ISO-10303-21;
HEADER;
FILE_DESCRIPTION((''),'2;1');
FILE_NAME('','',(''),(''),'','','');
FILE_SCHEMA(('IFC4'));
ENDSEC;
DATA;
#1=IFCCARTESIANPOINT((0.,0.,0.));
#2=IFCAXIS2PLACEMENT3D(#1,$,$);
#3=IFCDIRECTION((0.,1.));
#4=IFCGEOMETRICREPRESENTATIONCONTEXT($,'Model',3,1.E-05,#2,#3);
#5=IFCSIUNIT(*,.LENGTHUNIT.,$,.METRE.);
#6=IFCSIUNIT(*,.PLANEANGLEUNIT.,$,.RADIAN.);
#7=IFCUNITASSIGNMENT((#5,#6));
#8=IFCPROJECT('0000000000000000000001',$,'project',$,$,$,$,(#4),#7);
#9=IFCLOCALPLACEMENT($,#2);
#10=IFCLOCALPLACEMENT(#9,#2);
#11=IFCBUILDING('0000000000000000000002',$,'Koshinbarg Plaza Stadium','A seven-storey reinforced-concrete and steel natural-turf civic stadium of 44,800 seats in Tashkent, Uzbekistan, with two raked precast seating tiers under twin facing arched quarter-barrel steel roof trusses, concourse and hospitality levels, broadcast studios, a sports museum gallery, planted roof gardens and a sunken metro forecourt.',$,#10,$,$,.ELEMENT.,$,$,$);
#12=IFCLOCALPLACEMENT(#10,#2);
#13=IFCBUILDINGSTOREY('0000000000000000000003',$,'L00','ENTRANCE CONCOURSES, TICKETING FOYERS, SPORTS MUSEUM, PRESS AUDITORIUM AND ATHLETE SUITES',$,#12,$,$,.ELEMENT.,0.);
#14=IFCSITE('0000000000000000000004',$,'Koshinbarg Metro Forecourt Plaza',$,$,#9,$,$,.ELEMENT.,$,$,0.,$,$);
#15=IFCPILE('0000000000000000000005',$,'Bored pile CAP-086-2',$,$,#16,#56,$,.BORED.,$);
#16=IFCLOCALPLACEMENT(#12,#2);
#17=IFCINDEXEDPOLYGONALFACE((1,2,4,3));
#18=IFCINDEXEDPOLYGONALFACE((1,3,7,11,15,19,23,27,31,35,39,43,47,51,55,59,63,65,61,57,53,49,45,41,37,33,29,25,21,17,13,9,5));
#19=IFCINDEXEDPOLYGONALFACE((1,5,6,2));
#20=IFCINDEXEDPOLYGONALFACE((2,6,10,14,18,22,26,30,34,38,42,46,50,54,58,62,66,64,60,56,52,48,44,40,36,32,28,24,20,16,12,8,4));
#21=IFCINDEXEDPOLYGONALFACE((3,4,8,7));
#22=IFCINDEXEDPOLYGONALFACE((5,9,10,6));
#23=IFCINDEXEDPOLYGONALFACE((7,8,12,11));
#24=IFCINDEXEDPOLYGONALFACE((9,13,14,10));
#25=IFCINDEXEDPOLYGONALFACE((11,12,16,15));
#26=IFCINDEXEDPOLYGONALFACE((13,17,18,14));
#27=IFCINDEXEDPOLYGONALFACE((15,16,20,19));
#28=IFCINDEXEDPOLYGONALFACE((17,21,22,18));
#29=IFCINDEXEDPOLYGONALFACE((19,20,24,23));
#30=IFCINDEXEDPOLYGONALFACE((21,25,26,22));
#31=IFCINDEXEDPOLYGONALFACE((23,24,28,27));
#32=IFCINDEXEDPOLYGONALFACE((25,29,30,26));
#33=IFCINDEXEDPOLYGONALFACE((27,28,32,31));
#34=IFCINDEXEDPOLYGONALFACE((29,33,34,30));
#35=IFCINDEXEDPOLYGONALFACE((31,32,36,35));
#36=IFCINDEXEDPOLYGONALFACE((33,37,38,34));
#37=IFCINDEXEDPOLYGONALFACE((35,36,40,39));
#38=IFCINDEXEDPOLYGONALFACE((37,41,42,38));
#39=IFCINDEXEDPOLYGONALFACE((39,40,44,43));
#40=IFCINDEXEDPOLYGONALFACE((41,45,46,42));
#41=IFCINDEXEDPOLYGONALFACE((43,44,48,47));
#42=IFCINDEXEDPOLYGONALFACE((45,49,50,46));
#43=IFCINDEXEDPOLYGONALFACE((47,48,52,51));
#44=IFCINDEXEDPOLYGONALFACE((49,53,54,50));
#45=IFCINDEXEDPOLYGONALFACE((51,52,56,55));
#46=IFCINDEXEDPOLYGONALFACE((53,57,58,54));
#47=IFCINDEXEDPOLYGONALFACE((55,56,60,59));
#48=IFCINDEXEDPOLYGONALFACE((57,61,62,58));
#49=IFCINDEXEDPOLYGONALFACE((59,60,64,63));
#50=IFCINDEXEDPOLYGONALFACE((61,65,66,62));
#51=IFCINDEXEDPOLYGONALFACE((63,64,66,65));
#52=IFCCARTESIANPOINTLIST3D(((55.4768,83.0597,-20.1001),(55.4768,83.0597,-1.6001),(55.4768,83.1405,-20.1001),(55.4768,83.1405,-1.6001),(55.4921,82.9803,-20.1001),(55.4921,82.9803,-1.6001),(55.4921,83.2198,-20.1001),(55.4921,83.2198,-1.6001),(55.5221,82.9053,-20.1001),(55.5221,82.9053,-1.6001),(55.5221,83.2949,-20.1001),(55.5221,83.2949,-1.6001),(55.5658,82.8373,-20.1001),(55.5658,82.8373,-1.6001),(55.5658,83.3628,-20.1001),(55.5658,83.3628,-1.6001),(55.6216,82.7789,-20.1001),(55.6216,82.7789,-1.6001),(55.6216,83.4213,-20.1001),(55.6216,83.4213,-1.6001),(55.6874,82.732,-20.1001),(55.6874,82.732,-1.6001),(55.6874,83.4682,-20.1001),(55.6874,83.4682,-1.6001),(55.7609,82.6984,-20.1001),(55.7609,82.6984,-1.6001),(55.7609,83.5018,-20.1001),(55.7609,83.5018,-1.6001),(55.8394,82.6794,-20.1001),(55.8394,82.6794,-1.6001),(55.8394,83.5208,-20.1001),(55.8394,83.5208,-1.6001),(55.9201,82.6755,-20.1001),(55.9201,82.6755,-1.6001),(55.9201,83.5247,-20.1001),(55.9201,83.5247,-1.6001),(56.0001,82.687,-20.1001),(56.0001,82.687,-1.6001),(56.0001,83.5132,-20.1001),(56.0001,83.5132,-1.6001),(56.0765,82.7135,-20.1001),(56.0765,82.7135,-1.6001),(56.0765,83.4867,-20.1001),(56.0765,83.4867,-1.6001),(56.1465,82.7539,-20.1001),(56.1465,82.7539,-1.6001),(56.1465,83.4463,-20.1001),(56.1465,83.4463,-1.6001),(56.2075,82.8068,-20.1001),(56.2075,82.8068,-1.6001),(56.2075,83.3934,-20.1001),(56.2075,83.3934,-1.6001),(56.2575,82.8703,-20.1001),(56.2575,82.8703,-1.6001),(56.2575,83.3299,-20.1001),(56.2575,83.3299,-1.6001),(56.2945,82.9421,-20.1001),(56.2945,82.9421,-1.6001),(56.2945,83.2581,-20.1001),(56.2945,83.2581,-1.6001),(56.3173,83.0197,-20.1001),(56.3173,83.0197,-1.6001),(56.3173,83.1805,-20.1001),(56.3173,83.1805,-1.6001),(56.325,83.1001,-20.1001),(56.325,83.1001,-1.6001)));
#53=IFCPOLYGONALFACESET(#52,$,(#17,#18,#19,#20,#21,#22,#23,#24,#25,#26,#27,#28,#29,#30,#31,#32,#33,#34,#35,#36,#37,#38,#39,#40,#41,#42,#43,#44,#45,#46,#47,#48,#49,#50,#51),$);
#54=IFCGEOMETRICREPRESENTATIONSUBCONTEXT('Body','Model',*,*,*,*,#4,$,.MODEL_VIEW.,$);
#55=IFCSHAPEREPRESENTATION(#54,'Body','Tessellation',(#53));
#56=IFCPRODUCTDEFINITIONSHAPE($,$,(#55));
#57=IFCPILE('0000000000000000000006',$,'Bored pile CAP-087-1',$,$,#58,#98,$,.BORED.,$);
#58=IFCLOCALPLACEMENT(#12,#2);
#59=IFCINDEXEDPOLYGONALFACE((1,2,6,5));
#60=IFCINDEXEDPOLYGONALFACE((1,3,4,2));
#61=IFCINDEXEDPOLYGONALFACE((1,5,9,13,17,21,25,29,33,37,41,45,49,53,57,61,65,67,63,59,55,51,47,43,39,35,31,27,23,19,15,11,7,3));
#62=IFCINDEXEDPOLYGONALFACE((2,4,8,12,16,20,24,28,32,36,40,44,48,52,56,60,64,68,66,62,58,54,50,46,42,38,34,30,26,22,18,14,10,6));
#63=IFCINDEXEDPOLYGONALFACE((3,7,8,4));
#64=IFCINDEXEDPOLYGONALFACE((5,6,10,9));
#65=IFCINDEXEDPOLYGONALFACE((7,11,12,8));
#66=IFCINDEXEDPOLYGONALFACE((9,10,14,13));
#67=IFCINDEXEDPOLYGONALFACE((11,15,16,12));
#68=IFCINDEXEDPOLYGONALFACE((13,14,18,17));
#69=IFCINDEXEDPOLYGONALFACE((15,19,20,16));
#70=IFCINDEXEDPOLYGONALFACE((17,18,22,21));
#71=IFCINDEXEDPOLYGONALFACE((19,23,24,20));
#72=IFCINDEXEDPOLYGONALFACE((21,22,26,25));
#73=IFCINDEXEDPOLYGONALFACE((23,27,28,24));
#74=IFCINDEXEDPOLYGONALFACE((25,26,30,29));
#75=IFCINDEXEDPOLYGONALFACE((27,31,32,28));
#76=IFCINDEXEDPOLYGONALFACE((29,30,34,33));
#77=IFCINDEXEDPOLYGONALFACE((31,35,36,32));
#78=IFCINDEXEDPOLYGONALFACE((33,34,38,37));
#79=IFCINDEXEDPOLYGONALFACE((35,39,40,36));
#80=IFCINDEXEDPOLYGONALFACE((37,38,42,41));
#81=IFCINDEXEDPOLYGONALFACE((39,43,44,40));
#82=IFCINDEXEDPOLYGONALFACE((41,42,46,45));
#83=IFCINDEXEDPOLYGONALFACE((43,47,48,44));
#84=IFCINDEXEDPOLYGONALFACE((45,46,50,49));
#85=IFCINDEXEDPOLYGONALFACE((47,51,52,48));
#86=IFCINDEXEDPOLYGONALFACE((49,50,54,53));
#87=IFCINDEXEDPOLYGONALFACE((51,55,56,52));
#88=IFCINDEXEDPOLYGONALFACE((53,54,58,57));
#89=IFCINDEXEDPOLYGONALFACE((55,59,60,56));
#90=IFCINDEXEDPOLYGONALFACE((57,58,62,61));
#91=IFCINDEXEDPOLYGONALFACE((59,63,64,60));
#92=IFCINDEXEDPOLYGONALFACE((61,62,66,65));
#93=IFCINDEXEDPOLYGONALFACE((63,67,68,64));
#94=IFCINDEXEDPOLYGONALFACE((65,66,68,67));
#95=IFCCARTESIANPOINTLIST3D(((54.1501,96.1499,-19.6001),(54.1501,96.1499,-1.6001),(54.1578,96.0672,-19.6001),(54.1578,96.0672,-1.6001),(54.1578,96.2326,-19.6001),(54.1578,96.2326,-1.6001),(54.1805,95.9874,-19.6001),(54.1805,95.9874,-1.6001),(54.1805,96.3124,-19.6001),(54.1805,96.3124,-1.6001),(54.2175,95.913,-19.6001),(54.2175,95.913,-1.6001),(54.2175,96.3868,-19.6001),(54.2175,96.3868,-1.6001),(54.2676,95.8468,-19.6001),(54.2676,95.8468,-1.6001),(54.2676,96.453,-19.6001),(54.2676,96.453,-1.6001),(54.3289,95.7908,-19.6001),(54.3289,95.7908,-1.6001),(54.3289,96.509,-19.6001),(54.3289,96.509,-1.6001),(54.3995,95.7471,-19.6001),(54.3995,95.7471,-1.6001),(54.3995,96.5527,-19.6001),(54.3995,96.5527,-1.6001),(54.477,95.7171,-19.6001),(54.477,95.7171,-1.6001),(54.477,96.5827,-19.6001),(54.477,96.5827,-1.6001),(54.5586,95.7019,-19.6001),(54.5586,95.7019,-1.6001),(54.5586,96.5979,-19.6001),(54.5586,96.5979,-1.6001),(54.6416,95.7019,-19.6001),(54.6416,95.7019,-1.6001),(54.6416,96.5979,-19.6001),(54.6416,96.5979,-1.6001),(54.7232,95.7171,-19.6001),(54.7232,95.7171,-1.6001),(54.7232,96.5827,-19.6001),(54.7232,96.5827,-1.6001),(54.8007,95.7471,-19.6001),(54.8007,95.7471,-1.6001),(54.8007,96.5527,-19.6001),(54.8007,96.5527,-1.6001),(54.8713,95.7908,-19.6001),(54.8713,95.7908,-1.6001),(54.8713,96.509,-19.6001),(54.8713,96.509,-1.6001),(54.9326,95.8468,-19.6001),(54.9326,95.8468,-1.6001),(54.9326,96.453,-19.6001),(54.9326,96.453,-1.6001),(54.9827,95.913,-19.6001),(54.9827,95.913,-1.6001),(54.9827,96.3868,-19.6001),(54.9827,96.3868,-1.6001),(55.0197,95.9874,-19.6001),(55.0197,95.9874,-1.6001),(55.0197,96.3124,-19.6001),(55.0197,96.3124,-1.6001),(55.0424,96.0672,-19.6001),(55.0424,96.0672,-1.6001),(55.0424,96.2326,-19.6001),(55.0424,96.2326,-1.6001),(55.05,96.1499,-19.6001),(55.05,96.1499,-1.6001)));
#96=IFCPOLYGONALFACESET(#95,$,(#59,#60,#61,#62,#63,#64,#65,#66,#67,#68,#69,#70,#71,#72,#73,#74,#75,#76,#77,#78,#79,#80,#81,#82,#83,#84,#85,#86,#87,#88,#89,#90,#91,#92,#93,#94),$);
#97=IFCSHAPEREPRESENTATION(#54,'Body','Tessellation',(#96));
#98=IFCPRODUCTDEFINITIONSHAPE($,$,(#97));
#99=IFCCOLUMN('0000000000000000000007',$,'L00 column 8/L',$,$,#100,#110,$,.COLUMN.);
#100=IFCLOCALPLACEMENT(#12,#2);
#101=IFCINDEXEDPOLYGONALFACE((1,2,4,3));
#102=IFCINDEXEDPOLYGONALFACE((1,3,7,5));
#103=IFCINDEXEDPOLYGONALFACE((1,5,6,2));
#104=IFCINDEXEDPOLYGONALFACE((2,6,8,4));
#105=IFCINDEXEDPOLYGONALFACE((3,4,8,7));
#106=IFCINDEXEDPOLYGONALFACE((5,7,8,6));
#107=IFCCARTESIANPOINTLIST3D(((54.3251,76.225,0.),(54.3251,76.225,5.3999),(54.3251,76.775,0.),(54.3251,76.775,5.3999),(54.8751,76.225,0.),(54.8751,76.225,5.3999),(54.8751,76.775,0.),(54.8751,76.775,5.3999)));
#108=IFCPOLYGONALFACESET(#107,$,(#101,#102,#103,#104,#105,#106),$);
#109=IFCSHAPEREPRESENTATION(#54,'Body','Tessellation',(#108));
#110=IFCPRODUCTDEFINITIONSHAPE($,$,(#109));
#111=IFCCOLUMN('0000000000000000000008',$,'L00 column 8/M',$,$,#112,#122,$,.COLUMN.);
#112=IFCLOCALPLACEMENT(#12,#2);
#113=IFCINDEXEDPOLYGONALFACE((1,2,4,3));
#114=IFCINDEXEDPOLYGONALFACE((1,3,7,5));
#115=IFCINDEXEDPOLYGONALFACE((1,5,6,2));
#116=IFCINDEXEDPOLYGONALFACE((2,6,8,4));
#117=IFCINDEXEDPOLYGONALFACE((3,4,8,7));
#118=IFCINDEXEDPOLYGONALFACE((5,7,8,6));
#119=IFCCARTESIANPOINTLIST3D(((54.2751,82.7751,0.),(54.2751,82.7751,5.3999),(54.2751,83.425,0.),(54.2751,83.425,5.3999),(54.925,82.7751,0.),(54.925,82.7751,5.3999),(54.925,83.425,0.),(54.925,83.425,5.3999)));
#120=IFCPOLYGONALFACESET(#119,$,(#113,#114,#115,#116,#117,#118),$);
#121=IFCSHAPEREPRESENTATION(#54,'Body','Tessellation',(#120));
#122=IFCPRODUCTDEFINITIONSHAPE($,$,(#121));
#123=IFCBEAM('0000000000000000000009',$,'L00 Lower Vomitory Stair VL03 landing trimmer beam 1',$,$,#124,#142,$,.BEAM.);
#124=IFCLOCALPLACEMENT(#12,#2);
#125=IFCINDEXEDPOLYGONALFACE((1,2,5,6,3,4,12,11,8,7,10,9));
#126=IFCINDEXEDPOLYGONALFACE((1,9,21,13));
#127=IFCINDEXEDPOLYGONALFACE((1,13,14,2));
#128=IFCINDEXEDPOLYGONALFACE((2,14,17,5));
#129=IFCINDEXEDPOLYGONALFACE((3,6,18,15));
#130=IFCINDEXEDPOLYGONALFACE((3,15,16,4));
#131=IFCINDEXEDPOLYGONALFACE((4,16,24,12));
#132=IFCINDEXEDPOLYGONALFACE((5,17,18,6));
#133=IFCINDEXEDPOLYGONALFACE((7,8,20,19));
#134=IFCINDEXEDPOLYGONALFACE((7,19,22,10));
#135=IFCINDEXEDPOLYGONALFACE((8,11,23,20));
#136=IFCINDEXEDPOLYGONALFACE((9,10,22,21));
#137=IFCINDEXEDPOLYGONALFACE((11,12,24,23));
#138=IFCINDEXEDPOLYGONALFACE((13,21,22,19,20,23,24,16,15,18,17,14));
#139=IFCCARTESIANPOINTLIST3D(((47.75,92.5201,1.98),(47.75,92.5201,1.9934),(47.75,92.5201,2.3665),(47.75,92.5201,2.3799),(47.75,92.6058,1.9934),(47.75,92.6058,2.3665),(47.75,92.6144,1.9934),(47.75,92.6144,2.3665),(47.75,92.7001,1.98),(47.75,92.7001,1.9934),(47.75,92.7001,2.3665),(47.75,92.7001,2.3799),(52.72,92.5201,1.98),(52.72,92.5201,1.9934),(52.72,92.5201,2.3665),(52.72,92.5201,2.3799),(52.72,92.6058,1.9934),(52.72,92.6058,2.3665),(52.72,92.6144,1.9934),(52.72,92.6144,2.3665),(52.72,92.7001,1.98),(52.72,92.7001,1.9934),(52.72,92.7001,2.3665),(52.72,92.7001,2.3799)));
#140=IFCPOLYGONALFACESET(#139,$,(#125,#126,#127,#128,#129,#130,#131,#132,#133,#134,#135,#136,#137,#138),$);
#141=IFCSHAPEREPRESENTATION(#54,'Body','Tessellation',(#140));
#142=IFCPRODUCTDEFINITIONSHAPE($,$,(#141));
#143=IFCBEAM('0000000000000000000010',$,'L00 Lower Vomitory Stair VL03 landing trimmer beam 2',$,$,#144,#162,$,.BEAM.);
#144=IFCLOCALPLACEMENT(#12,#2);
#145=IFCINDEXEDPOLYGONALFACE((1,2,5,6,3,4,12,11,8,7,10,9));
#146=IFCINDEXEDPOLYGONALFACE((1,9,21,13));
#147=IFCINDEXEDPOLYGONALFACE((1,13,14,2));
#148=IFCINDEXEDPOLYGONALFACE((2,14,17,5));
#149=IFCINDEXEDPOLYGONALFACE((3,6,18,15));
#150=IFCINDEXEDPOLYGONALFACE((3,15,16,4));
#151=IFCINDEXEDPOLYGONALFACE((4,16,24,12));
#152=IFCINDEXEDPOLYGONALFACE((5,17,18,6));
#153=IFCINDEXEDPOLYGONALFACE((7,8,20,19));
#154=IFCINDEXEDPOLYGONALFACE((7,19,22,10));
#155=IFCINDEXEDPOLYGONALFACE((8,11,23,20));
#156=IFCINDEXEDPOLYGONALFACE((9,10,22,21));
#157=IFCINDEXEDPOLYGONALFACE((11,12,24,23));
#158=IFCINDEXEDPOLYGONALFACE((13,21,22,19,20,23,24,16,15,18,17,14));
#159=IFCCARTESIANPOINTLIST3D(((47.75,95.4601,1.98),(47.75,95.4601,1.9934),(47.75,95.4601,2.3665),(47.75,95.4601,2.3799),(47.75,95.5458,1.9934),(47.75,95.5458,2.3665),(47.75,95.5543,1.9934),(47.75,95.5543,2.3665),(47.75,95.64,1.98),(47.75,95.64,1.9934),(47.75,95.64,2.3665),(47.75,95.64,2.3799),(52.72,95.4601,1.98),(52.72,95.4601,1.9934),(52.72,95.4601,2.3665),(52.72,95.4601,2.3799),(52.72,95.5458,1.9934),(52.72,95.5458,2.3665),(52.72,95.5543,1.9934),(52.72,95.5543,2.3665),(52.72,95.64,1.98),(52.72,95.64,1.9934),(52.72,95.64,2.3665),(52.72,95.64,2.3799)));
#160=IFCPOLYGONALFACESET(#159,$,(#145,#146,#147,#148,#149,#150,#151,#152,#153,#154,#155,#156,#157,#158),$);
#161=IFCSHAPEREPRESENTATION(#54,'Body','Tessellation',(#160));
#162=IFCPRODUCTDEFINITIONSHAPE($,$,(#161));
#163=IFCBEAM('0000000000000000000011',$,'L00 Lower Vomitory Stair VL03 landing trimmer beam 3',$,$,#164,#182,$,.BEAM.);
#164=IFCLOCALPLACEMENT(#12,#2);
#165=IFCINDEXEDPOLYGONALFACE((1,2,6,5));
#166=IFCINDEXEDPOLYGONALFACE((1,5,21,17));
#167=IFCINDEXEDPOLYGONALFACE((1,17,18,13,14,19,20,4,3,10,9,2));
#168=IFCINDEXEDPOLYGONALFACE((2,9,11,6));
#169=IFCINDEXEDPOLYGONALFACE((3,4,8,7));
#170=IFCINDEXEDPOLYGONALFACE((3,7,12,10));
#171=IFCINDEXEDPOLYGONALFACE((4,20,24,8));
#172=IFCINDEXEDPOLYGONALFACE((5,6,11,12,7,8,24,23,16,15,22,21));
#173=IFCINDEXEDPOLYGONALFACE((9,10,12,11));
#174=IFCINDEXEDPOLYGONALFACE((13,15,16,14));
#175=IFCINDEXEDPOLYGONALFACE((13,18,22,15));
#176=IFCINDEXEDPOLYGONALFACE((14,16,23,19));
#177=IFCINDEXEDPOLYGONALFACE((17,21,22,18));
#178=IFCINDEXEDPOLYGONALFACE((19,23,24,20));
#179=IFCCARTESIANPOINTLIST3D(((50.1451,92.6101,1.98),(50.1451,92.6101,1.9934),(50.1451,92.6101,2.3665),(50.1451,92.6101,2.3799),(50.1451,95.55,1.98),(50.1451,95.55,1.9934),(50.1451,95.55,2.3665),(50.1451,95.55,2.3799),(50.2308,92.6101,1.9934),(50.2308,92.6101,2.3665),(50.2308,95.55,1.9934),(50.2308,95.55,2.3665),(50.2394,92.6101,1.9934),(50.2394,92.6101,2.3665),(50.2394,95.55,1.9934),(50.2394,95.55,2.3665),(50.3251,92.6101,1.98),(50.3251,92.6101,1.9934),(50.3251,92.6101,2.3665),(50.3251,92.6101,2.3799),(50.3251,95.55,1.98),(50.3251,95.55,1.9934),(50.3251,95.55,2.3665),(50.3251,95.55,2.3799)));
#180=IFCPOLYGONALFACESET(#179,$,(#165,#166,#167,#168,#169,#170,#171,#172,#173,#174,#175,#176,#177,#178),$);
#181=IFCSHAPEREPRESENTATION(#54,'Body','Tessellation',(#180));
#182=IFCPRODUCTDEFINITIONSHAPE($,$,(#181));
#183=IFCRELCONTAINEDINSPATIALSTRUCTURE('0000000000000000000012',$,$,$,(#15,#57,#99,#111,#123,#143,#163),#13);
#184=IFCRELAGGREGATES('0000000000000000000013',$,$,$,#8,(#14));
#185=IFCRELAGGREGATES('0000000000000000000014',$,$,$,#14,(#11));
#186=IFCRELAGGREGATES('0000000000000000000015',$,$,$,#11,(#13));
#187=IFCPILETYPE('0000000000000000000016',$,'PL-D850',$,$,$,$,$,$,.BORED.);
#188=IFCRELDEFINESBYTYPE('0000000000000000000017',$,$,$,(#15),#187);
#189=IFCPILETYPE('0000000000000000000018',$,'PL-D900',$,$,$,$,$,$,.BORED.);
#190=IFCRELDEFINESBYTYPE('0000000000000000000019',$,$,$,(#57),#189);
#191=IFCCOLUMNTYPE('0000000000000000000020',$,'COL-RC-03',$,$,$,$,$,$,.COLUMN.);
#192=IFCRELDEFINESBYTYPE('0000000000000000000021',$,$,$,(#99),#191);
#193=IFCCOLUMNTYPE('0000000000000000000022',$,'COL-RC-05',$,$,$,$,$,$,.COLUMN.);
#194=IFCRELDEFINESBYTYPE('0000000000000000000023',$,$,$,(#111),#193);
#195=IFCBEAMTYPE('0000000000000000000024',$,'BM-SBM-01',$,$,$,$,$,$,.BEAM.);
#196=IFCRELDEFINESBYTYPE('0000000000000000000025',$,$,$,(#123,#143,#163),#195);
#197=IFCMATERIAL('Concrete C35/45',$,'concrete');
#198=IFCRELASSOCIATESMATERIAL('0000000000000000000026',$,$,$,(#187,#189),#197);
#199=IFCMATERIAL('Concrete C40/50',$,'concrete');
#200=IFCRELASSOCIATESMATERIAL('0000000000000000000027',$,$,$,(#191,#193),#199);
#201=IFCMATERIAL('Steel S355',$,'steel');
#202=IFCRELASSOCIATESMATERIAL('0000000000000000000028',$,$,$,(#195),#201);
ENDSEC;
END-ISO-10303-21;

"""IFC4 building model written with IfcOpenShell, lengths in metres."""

from ifc_helpers import new_model, si_unit, direction, frame, origin, origin_2d, place, context, subcontext, project, spatial, rectangle, circle, i_section, extrude, material, material_profile, profile_set, type_object, element, save


model = new_model("IFC4")

# Units and contexts
model_context = context("Model", 3, precision=1e-05, world=origin(), true_north=direction((0.0, 1.0)))
body_context = subcontext(model_context, "Body", "Model", "MODEL_VIEW")
ifc_project = project(units=[si_unit("LENGTHUNIT", "METRE"), si_unit("PLANEANGLEUNIT", "RADIAN")], contexts=[model_context])

# Site, building, storey
site_placement = place(None, origin())
site = spatial("IfcSite", under=ifc_project, at=site_placement, Name="Koshinbarg Metro Forecourt Plaza", CompositionType="ELEMENT", RefElevation=0.0)
building_placement = place(site_placement, origin())
building = spatial("IfcBuilding", under=site, at=building_placement, Name="Koshinbarg Plaza Stadium", Description="A seven-storey reinforced-concrete and steel natural-turf civic stadium of 44,800 seats in Tashkent, Uzbekistan, with two raked precast seating tiers under twin facing arched quarter-barrel steel roof trusses, concourse and hospitality levels, broadcast studios, a sports museum gallery, planted roof gardens and a sunken metro forecourt.", CompositionType="ELEMENT")
storey_placement = place(building_placement, origin())
storey = spatial("IfcBuildingStorey", under=building, at=storey_placement, Name="L00", Description="ENTRANCE CONCOURSES, TICKETING FOYERS, SPORTS MUSEUM, PRESS AUDITORIUM AND ATHLETE SUITES", CompositionType="ELEMENT", Elevation=0.0)

# Shared definitions
ifc_material_1 = material(Name="Concrete C35/45", Category="concrete")

# Piles
ifc_material_profile_1 = material_profile(ifc_material_1, circle(Radius=0.425, at=origin_2d()), Name="PILE D850")
ifc_profile_set_1 = profile_set([ifc_material_profile_1], Name="Concrete C35/45")
pile_type_1 = type_object("IfcPileType", Name="PL-D850", PredefinedType="BORED", material=ifc_profile_set_1)
for number, where, z_axis, x_axis, name in (
    (1, (55.8999, 83.1001, -1.6001), (0.0, 0.0, -1.0), (1.0, 0.0, 0.0), "Bored pile CAP-086-2"),
):
    element("IfcPile", number, at=place(storey_placement, frame(where, z_axis=z_axis, x_axis=x_axis)), inside=storey, type_object=pile_type_1, Name=name, PredefinedType="BORED", context=body_context, shape_type="SweptSolid", body=[
        extrude(circle(Radius=0.425, at=origin_2d()), origin(), (0.0, 0.0, 1.0), 18.5),
    ])
ifc_material_profile_2 = material_profile(ifc_material_1, circle(Radius=0.45, at=origin_2d()), Name="PILE D900")
ifc_profile_set_2 = profile_set([ifc_material_profile_2], Name="Concrete C35/45")
pile_type_2 = type_object("IfcPileType", Name="PL-D900", PredefinedType="BORED", material=ifc_profile_set_2)
pile_placement = place(storey_placement, frame((54.6001, 96.1499, -1.6001), z_axis=(0.0, 0.0, -1.0), x_axis=(1.0, 0.0, 0.0)))
element("IfcPile", 2, at=pile_placement, inside=storey, type_object=pile_type_2, Name="Bored pile CAP-087-1", PredefinedType="BORED", context=body_context, shape_type="SweptSolid", body=[
    extrude(circle(Radius=0.45, at=origin_2d()), origin(), (0.0, 0.0, 1.0), 18.0),
])

# Columns
ifc_material_2 = material(Name="Concrete C40/50", Category="concrete")
ifc_material_profile_3 = material_profile(ifc_material_2, rectangle(XDim=0.55, YDim=0.55, at=origin_2d()), Name="RC 550x550")
ifc_profile_set_3 = profile_set([ifc_material_profile_3], Name="Concrete C40/50")
column_type_1 = type_object("IfcColumnType", Name="COL-RC-03", PredefinedType="COLUMN", material=ifc_profile_set_3)
column_1_placement = place(storey_placement, frame((54.6001, 76.5, 0.0), z_axis=(0.0, 0.0, 1.0), x_axis=(1.0, 0.0, 0.0)))
element("IfcColumn", 3, at=column_1_placement, inside=storey, type_object=column_type_1, Name="L00 column 8/L", PredefinedType="COLUMN", context=body_context, shape_type="SweptSolid", body=[
    extrude(rectangle(XDim=0.55, YDim=0.55, at=origin_2d()), origin(), (0.0, 0.0, 1.0), 5.3999),
])
ifc_material_profile_4 = material_profile(ifc_material_2, rectangle(XDim=0.6499, YDim=0.6499, at=origin_2d()), Name="RC 650x650")
ifc_profile_set_4 = profile_set([ifc_material_profile_4], Name="Concrete C40/50")
column_type_2 = type_object("IfcColumnType", Name="COL-RC-05", PredefinedType="COLUMN", material=ifc_profile_set_4)
column_2_placement = place(storey_placement, frame((54.6001, 83.1001, 0.0), z_axis=(0.0, 0.0, 1.0), x_axis=(1.0, 0.0, 0.0)))
element("IfcColumn", 4, at=column_2_placement, inside=storey, type_object=column_type_2, Name="L00 column 8/M", PredefinedType="COLUMN", context=body_context, shape_type="SweptSolid", body=[
    extrude(rectangle(XDim=0.6499, YDim=0.6499, at=origin_2d()), origin(), (0.0, 0.0, 1.0), 5.3999),
])

# Beams
ifc_material_3 = material(Name="Steel S355", Category="steel")
ifc_material_profile_5 = material_profile(ifc_material_3, i_section(OverallWidth=0.1799, OverallDepth=0.3999, WebThickness=0.0085, FlangeThickness=0.0134, at=origin_2d()), Name="IPE 400")
ifc_profile_set_5 = profile_set([ifc_material_profile_5], Name="Steel S355")
beam_type = type_object("IfcBeamType", Name="BM-SBM-01", PredefinedType="BEAM", material=ifc_profile_set_5)
for number, where, z_axis, x_axis, name in (
    (5, (47.75, 92.6101, 2.1799), (1.0, 0.0, 0.0), (0.0, 1.0, 0.0), "L00 Lower Vomitory Stair VL03 landing trimmer beam 1"),
    (6, (47.75, 95.55, 2.1799), (1.0, 0.0, 0.0), (0.0, 1.0, 0.0), "L00 Lower Vomitory Stair VL03 landing trimmer beam 2"),
):
    element("IfcBeam", number, at=place(storey_placement, frame(where, z_axis=z_axis, x_axis=x_axis)), inside=storey, type_object=beam_type, Name=name, PredefinedType="BEAM", context=body_context, shape_type="SweptSolid", body=[
        extrude(i_section(OverallWidth=0.1799, OverallDepth=0.3999, WebThickness=0.0085, FlangeThickness=0.0134, at=origin_2d()), origin(), (0.0, 0.0, 1.0), 4.97),
    ])
beam_placement = place(storey_placement, frame((50.2351, 92.6101, 2.1799), z_axis=(0.0, 1.0, 0.0), x_axis=(-1.0, 0.0, 0.0)))
element("IfcBeam", 7, at=beam_placement, inside=storey, type_object=beam_type, Name="L00 Lower Vomitory Stair VL03 landing trimmer beam 3", PredefinedType="BEAM", context=body_context, shape_type="SweptSolid", body=[
    extrude(i_section(OverallWidth=0.1799, OverallDepth=0.3999, WebThickness=0.0085, FlangeThickness=0.0134, at=origin_2d()), origin(), (0.0, 0.0, 1.0), 2.9399),
])

save(model, "model.ifc")
